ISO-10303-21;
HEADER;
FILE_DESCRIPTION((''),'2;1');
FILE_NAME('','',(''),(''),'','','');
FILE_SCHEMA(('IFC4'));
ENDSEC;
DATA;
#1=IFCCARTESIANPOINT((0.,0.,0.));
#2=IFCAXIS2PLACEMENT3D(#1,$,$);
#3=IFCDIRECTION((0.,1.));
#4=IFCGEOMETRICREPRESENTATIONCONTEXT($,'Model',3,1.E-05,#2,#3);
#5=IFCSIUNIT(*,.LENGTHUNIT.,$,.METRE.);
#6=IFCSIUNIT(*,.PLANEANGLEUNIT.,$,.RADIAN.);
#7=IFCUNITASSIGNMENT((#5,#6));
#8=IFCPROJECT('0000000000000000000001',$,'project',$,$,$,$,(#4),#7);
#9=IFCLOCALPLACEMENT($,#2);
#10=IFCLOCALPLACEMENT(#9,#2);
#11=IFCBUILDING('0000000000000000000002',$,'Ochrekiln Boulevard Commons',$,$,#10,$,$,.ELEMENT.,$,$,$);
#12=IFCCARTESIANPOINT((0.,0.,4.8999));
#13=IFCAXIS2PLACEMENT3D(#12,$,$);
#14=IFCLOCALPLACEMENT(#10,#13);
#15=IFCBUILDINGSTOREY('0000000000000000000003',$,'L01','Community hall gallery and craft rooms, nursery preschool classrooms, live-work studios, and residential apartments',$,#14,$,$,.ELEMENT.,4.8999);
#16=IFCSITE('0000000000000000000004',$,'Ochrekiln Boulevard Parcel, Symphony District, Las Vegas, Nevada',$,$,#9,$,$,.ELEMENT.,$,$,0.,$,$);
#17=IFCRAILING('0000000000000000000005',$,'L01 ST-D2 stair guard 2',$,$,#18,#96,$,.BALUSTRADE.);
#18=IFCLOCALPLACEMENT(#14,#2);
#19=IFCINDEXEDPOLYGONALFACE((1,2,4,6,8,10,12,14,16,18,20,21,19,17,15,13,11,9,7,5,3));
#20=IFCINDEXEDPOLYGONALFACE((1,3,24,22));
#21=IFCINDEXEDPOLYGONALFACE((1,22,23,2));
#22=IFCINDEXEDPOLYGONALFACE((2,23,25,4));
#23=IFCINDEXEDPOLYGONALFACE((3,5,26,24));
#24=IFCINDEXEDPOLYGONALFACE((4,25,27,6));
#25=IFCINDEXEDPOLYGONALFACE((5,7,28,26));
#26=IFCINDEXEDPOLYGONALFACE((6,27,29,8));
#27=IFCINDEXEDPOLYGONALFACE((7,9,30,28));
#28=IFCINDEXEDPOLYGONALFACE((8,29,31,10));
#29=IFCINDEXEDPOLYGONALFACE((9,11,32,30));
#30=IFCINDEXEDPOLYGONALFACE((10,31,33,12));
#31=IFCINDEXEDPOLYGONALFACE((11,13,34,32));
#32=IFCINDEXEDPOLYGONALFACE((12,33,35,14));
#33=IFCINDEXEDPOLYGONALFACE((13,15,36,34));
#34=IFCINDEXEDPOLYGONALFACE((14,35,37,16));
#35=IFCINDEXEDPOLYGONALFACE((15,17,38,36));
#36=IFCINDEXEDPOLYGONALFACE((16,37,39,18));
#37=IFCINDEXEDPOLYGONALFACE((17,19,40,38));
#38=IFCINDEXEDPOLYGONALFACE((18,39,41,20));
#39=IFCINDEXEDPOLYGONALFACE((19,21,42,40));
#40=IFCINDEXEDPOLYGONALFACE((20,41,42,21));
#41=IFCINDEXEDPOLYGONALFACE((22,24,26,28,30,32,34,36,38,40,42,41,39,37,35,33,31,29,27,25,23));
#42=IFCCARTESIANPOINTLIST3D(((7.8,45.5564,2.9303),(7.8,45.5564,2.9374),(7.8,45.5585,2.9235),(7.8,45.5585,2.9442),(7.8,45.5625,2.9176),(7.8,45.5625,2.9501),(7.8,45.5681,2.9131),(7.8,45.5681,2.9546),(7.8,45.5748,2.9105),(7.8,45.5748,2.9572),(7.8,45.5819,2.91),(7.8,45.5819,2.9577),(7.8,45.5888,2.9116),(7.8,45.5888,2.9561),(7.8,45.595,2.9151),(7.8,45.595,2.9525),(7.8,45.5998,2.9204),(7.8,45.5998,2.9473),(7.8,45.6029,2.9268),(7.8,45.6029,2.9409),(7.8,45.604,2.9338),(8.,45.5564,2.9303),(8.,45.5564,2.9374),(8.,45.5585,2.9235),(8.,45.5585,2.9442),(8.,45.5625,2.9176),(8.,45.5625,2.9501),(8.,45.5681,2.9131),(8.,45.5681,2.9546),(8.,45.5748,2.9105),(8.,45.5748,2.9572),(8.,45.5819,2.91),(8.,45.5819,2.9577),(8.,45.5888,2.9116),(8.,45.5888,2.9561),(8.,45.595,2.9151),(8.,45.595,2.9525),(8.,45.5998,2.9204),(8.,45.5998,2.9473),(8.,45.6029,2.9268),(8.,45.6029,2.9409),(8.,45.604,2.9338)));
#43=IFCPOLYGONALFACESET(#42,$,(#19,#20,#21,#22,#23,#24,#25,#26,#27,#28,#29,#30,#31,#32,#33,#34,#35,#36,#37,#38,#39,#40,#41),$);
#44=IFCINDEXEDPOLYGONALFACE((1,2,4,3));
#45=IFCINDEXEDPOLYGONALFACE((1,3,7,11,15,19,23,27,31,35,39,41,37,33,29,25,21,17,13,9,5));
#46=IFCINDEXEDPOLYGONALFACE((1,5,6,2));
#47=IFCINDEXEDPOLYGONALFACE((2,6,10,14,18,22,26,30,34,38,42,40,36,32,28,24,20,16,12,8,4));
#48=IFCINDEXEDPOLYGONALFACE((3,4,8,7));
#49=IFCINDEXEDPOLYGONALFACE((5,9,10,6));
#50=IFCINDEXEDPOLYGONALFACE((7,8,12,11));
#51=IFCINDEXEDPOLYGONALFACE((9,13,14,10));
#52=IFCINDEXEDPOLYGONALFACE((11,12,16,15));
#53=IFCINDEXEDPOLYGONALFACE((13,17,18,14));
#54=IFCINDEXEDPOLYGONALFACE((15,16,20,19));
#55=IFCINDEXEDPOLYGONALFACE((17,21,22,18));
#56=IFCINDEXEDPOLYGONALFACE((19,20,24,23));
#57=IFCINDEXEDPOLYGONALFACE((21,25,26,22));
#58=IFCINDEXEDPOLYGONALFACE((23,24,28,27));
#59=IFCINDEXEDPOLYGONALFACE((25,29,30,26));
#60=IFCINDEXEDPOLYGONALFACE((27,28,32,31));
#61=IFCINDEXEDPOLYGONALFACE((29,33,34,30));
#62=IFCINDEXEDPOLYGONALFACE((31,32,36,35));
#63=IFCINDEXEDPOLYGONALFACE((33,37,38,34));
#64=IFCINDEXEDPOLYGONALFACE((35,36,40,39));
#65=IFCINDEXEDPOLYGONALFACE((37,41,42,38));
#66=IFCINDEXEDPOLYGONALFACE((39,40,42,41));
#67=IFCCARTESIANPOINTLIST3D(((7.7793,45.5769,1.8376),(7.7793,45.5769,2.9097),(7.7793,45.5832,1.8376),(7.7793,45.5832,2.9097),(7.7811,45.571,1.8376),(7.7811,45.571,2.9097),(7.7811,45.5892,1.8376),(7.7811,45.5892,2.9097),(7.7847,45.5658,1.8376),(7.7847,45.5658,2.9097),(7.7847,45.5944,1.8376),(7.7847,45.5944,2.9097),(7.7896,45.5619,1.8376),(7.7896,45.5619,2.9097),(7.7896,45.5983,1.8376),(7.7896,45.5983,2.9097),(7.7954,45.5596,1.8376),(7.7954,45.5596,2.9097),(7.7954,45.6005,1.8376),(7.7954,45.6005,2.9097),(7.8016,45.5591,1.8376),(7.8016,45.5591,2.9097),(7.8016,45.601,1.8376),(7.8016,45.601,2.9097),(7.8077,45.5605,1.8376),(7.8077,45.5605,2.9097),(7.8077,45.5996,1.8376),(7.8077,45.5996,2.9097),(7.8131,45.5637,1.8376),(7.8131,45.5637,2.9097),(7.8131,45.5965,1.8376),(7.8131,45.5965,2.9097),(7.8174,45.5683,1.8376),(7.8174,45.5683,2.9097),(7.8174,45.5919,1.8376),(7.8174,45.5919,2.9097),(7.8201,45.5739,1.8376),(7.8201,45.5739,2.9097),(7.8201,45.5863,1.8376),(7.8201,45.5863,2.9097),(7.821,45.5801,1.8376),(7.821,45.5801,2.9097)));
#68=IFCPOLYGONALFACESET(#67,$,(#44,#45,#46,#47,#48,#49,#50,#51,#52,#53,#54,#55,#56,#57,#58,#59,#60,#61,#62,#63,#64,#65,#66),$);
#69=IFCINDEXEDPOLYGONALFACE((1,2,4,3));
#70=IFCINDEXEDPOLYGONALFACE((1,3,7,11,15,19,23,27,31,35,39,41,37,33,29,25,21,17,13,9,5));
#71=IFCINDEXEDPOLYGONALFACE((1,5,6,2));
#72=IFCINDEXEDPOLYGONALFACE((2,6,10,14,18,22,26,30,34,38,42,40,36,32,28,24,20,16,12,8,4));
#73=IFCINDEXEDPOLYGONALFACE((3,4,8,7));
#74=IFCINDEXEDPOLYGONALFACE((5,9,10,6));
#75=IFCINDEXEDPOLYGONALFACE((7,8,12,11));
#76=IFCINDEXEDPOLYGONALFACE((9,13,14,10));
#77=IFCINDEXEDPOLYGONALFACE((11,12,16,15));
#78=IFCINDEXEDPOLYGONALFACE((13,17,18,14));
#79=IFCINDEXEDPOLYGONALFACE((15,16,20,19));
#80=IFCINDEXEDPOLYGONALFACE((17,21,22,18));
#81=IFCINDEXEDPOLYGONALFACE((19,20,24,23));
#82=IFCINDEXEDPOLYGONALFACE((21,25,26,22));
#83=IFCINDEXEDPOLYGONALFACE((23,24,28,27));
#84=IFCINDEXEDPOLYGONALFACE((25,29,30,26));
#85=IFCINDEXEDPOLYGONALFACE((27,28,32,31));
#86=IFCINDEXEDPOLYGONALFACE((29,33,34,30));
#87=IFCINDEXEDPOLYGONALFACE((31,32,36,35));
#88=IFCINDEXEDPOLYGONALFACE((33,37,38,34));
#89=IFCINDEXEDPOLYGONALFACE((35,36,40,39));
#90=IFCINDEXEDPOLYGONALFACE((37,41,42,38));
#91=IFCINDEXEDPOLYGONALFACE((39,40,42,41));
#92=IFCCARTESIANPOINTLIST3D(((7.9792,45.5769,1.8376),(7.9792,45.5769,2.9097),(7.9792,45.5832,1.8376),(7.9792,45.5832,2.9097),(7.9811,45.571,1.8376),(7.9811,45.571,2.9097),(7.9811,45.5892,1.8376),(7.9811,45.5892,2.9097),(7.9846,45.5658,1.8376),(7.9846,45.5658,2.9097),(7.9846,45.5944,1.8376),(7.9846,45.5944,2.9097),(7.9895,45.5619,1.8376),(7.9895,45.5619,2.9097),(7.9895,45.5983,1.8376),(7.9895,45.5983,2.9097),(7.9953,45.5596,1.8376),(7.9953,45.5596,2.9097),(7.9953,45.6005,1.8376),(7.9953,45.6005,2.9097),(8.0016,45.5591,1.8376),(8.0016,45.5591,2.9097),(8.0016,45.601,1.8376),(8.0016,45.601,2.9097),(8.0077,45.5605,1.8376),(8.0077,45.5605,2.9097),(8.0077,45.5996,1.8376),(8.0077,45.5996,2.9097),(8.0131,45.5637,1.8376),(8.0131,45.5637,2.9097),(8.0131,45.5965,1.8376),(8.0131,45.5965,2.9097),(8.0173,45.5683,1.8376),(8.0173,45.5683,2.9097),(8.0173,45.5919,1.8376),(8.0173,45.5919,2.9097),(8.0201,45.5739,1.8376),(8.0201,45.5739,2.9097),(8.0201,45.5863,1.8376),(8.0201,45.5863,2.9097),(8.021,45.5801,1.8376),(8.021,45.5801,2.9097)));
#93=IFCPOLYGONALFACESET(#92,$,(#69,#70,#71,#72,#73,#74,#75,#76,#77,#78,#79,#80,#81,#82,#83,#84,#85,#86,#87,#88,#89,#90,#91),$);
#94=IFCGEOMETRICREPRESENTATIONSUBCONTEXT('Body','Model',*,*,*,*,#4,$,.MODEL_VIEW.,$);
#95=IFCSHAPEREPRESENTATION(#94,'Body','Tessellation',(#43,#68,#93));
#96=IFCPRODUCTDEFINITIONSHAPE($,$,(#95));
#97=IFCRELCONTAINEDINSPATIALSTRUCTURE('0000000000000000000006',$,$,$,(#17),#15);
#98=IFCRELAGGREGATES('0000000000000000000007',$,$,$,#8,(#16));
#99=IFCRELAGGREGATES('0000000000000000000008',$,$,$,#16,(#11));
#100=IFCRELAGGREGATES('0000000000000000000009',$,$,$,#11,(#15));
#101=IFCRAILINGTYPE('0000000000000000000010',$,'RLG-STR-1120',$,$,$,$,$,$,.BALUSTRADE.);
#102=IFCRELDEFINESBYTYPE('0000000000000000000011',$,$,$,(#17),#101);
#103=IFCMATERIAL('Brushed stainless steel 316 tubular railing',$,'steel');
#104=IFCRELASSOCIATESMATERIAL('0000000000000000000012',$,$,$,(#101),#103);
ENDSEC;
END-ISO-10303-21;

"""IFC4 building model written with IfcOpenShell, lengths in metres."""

from ifc_helpers import new_model, si_unit, direction, frame, origin, origin_2d, place, context, subcontext, project, spatial, circle, extrude, material, type_object, element, save


model = new_model("IFC4")

# Units and contexts
model_context = context("Model", 3, precision=1e-05, world=origin(), true_north=direction((0.0, 1.0)))
body_context = subcontext(model_context, "Body", "Model", "MODEL_VIEW")
ifc_project = project(units=[si_unit("LENGTHUNIT", "METRE"), si_unit("PLANEANGLEUNIT", "RADIAN")], contexts=[model_context])

# Site, building, storey
site_placement = place(None, origin())
site = spatial("IfcSite", under=ifc_project, at=site_placement, Name="Ochrekiln Boulevard Parcel, Symphony District, Las Vegas, Nevada", CompositionType="ELEMENT", RefElevation=0.0)
building_placement = place(site_placement, origin())
building = spatial("IfcBuilding", under=site, at=building_placement, Name="Ochrekiln Boulevard Commons", CompositionType="ELEMENT")
storey_placement = place(building_placement, frame((0.0, 0.0, 4.8999)))
storey = spatial("IfcBuildingStorey", under=building, at=storey_placement, Name="L01", Description="Community hall gallery and craft rooms, nursery preschool classrooms, live-work studios, and residential apartments", CompositionType="ELEMENT", Elevation=4.8999)

# Railing
ifc_material_1 = material(Name="Brushed stainless steel 316 tubular railing", Category="steel")
railing_type_1 = type_object("IfcRailingType", Name="RLG-STR-1120", PredefinedType="BALUSTRADE", material=ifc_material_1)
railing_1_placement = place(storey_placement, frame((7.8, 45.5801, 1.8376)))
element("IfcRailing", 1, at=railing_1_placement, inside=storey, type_object=railing_type_1, Name="L01 ST-D2 stair guard 2", PredefinedType="BALUSTRADE", context=body_context, shape_type="SweptSolid", body=[
    extrude(circle(Radius=0.0239, at=origin_2d()), frame((0.0, 0.0, 1.0962), z_axis=(1.0, 0.0, 0.0), x_axis=(0.0, 1.0, 0.0)), (0.0, 0.0, 1.0), 0.2),
    extrude(circle(Radius=0.021, at=origin_2d()), origin(), (0.0, 0.0, 1.0), 1.072),
    extrude(circle(Radius=0.021, at=origin_2d()), frame((0.2, 0.0, 0.0)), (0.0, 0.0, 1.0), 1.072),
])

save(model, "model.ifc")
